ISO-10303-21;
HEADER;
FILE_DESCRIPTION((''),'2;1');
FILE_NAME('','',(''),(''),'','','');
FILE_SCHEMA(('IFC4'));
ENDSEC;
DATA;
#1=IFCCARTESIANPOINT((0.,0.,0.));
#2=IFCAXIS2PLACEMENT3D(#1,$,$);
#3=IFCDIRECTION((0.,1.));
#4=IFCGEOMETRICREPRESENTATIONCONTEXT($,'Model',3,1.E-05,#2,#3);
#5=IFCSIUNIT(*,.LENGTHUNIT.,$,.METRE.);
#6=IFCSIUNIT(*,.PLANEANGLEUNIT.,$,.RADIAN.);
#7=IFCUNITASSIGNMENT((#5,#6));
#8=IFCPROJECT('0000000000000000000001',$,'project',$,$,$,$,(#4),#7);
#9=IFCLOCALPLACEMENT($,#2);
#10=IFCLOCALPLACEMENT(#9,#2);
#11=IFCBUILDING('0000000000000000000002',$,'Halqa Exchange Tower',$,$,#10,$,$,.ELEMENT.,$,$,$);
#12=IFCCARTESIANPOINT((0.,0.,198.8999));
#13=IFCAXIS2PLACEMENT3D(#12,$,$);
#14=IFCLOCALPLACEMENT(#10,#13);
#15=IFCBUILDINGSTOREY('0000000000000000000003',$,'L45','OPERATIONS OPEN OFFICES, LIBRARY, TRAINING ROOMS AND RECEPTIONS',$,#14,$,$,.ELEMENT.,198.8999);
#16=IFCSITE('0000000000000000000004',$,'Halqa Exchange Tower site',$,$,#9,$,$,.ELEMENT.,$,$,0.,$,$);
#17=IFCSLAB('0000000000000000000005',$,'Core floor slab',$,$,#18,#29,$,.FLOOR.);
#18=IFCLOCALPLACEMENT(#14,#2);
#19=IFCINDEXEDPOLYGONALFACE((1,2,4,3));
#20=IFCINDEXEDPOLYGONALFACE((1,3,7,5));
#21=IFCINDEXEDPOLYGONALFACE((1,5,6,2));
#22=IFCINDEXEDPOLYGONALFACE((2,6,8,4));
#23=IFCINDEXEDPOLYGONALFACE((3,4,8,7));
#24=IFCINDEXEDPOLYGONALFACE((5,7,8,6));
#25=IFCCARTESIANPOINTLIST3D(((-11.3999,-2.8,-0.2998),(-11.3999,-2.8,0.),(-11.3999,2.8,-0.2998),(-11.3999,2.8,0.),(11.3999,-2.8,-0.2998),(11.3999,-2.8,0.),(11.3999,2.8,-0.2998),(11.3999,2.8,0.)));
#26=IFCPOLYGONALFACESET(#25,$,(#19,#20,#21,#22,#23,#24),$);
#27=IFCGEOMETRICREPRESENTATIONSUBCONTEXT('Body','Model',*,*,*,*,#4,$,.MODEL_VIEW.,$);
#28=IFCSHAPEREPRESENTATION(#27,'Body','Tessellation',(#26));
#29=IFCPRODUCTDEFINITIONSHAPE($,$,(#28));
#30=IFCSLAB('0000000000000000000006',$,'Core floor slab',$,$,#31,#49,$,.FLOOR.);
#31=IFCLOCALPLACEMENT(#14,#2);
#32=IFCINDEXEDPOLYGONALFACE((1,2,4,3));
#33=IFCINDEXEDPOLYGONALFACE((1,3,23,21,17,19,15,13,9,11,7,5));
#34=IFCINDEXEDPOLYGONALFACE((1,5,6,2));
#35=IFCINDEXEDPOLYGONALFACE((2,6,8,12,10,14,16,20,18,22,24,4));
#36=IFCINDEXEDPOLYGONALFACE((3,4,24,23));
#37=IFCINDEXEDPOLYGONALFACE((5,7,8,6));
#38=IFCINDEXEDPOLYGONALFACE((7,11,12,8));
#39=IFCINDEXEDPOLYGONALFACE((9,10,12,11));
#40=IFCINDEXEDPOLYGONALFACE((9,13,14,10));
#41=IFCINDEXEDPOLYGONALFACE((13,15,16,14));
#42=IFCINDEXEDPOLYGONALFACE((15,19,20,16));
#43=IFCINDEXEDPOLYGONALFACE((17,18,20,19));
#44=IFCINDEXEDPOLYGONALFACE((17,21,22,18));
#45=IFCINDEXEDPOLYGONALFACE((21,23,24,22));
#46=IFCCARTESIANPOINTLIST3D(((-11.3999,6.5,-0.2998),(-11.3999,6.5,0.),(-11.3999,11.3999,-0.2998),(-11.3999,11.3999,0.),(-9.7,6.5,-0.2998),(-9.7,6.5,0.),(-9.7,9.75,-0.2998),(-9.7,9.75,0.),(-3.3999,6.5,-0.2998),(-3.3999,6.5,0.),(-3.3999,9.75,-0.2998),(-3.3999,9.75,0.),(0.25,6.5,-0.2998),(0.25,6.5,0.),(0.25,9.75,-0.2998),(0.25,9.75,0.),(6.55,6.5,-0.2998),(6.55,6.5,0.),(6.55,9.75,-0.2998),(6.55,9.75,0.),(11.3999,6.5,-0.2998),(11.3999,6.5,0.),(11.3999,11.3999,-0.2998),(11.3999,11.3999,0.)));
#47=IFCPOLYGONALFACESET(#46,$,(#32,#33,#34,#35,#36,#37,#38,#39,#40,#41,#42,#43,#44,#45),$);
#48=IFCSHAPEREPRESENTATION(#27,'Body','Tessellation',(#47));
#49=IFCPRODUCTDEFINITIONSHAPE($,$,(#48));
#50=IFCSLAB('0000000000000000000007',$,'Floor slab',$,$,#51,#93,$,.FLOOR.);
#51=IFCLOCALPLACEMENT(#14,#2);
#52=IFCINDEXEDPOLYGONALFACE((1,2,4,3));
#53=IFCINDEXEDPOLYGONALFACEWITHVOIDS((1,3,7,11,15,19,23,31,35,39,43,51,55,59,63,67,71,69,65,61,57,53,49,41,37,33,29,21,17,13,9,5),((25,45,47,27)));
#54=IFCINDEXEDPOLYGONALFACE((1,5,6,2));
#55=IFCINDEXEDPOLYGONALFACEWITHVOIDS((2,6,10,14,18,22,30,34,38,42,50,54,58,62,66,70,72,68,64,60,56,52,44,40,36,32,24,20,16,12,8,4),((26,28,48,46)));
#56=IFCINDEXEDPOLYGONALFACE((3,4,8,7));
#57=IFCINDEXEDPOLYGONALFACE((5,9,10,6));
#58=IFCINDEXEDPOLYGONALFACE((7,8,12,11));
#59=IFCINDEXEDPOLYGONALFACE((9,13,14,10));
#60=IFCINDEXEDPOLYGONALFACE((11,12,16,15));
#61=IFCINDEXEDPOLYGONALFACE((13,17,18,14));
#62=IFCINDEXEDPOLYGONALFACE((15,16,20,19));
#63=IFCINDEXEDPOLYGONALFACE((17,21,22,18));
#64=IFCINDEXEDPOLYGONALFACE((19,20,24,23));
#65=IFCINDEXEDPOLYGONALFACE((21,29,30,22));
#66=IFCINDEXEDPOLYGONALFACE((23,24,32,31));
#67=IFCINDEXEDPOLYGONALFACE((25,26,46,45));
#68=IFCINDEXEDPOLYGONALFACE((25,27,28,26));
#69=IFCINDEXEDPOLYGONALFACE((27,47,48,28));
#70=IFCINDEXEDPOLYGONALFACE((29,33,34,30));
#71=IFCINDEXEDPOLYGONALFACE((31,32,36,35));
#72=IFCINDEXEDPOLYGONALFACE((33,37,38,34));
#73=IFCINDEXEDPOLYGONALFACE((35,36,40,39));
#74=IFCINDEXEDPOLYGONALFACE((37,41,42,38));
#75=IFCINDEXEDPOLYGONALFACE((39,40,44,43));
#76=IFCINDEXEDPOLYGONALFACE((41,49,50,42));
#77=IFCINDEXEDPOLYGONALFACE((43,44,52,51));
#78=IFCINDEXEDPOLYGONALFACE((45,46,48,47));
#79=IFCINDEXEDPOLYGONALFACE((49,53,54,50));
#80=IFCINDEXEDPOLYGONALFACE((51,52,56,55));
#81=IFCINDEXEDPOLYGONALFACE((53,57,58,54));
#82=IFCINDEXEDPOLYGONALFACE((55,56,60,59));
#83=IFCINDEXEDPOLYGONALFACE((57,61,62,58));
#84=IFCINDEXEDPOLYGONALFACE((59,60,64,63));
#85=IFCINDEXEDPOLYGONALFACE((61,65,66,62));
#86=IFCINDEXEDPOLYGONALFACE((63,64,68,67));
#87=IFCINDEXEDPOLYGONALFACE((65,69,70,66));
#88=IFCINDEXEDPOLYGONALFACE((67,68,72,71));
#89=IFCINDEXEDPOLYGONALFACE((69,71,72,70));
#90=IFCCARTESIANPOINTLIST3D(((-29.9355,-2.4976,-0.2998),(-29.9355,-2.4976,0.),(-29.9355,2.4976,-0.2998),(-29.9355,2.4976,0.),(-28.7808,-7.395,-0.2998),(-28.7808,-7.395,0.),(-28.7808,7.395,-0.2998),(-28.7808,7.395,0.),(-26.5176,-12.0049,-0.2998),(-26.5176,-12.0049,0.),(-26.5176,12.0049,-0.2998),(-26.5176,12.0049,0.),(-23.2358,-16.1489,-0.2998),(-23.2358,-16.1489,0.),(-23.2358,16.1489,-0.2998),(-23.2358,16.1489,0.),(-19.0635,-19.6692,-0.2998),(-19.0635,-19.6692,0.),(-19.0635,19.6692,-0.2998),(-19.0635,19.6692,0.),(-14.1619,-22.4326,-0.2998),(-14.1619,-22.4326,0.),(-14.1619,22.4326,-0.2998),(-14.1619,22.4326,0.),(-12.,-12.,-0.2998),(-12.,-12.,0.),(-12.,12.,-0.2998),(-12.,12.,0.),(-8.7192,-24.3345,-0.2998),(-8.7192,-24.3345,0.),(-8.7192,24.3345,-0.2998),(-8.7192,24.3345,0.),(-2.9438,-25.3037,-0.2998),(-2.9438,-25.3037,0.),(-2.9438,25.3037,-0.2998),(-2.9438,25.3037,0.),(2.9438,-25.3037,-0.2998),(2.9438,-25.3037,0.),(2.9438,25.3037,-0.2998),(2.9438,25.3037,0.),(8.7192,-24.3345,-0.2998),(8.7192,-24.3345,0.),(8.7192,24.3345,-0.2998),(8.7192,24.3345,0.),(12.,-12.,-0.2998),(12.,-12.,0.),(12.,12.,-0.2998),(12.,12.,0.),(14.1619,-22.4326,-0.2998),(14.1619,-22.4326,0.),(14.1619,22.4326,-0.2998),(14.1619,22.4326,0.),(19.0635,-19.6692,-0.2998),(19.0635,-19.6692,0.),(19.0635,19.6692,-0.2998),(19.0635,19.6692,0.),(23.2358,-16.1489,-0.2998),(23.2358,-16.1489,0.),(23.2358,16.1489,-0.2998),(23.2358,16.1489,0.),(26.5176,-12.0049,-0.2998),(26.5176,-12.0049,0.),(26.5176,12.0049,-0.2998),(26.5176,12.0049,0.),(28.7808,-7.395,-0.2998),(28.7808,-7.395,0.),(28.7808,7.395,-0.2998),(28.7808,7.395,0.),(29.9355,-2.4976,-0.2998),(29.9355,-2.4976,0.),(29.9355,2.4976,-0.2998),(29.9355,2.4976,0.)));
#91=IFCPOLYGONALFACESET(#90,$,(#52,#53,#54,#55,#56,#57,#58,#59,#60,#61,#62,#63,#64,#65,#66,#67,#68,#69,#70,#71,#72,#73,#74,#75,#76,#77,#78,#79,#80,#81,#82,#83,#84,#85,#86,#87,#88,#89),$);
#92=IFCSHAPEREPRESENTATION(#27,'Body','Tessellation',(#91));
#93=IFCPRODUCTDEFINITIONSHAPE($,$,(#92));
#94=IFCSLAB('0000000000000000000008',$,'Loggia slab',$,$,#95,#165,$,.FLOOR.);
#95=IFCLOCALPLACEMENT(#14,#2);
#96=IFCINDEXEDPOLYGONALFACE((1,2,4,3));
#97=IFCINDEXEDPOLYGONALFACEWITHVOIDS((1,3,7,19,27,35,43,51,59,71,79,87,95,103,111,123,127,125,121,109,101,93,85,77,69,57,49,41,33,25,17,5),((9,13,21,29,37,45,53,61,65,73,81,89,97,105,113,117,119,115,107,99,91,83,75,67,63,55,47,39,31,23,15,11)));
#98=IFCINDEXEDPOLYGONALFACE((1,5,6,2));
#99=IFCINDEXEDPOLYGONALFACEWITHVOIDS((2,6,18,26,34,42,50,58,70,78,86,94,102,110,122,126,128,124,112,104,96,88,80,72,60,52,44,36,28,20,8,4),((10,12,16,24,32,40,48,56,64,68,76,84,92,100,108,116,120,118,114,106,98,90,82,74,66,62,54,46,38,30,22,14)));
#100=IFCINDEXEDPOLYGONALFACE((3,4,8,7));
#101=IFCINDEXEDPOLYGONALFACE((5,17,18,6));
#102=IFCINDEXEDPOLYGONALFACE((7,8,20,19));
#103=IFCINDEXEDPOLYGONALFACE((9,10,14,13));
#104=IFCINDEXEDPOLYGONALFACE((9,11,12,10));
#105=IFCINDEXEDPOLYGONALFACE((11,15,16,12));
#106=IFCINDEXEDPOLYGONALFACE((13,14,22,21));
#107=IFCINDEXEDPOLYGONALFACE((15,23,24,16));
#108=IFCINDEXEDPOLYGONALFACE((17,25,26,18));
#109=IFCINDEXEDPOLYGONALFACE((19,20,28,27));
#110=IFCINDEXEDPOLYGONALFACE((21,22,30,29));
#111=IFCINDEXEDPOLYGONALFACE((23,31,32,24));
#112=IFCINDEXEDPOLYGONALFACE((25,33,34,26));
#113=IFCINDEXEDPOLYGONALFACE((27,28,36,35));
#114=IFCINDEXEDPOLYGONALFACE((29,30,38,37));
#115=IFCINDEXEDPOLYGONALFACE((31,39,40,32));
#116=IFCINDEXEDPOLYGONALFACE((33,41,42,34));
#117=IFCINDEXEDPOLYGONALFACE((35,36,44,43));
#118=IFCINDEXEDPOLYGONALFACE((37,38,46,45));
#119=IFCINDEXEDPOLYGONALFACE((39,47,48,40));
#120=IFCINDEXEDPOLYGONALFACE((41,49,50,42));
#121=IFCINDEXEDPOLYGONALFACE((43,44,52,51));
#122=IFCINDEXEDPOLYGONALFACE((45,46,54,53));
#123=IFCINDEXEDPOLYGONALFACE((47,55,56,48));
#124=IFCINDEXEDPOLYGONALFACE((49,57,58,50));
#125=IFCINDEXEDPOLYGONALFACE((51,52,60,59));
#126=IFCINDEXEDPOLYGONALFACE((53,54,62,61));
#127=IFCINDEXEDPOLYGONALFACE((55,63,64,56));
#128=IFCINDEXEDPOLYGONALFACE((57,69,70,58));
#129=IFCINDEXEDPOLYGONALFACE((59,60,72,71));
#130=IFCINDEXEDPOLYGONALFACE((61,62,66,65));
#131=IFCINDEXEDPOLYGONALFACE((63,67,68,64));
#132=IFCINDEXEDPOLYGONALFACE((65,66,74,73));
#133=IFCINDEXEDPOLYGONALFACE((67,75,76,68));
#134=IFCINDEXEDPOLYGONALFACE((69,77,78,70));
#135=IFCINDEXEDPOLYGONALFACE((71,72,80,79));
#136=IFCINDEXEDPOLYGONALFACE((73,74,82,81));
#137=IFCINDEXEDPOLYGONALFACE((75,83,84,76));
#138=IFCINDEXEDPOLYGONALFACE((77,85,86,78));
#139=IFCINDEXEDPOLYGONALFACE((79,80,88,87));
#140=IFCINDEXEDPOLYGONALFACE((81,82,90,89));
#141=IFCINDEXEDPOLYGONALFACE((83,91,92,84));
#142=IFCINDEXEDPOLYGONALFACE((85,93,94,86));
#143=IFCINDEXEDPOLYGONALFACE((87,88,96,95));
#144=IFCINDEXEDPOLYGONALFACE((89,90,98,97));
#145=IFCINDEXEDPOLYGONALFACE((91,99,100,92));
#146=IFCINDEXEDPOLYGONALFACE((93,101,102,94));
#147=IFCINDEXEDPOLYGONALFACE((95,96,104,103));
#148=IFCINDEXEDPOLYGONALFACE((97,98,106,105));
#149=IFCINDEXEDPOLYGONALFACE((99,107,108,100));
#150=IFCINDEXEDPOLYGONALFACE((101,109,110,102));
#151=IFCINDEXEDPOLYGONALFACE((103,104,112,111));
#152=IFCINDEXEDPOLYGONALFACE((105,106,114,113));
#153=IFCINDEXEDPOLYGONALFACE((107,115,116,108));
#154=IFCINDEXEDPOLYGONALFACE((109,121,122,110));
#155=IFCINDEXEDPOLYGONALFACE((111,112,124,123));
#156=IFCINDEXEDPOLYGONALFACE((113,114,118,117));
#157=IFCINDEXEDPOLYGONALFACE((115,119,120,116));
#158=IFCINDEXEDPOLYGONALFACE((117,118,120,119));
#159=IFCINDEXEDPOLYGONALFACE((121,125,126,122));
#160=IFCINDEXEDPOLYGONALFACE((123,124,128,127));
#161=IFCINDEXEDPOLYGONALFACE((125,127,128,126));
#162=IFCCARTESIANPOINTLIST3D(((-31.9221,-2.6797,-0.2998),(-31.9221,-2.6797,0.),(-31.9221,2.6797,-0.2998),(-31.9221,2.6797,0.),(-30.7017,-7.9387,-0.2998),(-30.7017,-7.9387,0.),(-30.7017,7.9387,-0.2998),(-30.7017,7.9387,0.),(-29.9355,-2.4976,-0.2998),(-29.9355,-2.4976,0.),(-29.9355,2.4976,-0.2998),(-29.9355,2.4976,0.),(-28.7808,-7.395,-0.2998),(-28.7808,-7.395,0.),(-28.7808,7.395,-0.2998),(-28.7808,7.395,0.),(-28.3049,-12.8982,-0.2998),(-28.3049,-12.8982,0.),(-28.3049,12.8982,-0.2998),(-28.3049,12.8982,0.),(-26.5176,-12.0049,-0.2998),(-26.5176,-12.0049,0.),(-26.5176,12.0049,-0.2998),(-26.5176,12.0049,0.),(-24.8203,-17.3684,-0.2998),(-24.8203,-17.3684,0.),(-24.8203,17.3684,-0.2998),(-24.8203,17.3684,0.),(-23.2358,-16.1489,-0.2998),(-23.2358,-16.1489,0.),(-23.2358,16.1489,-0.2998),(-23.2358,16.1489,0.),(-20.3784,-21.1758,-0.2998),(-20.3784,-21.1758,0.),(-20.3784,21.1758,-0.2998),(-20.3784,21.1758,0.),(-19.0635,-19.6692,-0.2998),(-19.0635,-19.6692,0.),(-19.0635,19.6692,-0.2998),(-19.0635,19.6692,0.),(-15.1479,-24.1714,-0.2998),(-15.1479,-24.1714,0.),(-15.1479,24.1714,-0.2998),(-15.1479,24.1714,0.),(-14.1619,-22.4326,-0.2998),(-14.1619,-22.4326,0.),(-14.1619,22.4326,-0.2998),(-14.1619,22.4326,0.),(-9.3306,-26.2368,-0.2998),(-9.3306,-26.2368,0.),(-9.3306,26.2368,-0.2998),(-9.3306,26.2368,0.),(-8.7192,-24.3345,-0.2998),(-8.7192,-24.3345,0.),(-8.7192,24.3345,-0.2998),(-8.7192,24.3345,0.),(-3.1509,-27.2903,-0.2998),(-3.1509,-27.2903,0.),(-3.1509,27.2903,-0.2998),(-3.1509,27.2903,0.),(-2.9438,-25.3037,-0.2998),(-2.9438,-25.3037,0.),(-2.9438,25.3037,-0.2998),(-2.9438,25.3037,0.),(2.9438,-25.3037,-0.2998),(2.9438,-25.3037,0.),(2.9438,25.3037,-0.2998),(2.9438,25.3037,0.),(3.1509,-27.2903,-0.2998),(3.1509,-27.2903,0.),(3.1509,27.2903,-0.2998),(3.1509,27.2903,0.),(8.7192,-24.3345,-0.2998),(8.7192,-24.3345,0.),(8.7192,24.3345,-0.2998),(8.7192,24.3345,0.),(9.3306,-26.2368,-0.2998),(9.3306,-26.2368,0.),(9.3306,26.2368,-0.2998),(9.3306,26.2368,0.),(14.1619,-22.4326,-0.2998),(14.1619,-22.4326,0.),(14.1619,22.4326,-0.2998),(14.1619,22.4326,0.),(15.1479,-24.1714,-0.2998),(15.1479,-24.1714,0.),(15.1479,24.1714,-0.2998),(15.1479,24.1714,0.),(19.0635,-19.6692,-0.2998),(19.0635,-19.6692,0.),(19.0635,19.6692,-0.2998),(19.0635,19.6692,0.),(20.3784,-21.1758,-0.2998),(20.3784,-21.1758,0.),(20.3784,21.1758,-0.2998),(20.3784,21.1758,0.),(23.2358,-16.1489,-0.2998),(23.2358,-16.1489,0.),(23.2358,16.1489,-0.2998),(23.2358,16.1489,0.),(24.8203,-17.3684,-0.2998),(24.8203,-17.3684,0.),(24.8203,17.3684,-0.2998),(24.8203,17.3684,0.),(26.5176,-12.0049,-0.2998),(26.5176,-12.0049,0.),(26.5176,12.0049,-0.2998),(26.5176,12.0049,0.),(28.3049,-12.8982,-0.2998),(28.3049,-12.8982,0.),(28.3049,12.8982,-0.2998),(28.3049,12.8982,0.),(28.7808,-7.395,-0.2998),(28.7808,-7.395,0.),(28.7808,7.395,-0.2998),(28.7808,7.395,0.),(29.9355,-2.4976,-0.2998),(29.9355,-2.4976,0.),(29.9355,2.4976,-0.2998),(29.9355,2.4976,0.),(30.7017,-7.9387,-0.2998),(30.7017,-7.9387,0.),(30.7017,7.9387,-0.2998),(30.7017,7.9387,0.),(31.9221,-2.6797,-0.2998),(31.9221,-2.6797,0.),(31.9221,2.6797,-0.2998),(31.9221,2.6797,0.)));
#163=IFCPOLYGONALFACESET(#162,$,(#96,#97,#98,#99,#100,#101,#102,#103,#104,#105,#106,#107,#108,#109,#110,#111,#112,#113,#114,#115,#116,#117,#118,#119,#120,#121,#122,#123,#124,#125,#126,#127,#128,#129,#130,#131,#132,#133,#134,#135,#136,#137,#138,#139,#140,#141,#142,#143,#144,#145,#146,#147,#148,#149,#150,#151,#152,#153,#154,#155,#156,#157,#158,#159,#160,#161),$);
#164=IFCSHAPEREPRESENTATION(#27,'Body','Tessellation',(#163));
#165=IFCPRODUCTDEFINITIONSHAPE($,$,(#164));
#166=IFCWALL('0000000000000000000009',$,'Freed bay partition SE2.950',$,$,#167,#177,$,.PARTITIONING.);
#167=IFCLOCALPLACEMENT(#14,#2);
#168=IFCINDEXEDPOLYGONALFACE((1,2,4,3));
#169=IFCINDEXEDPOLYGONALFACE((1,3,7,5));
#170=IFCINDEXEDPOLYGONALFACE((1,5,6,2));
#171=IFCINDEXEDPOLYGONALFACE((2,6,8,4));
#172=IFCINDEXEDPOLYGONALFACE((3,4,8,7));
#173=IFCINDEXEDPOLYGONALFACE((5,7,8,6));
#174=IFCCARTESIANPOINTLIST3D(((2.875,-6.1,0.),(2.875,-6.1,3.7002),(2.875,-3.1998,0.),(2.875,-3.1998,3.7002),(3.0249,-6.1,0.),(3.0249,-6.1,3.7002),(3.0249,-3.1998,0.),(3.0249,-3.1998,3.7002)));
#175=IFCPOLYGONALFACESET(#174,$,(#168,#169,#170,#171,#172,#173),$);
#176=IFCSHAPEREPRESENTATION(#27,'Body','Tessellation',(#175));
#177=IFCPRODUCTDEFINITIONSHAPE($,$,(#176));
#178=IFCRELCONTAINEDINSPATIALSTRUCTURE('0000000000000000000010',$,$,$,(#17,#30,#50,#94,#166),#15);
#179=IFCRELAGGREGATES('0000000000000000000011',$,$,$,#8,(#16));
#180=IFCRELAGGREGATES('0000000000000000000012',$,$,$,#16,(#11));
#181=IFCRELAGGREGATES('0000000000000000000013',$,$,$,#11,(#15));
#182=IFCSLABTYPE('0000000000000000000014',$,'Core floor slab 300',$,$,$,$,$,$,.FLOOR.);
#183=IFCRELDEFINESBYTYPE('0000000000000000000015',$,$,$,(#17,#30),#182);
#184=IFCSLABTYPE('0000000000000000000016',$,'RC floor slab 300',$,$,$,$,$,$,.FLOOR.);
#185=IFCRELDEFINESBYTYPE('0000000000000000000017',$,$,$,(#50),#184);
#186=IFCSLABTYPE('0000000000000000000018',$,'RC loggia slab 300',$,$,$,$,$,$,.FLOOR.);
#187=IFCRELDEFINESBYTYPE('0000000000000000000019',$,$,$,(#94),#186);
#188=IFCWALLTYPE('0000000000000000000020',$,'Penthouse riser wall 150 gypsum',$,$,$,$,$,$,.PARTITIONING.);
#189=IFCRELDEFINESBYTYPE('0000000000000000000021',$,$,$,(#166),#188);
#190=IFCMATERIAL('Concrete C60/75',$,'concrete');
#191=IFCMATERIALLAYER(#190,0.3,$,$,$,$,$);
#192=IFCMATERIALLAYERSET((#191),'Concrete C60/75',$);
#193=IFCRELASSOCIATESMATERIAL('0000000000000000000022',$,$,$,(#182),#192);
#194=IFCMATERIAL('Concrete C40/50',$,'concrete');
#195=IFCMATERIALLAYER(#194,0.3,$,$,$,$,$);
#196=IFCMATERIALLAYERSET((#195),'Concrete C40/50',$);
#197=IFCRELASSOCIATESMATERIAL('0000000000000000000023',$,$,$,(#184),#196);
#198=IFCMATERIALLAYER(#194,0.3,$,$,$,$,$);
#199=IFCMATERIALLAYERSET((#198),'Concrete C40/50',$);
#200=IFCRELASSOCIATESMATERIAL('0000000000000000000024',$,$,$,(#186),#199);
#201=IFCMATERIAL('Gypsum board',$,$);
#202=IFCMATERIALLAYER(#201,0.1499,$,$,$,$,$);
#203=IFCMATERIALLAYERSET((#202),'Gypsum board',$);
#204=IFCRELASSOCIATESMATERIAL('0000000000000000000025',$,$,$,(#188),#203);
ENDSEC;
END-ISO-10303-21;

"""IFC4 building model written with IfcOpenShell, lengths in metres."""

from ifc_helpers import new_model, si_unit, direction, frame, frame_2d, origin, place, context, subcontext, project, spatial, polyline, rectangle, outline, extrude, material, layer, layer_set, type_object, element, save


model = new_model("IFC4")

# Units and contexts
model_context = context("Model", 3, precision=1e-05, world=origin(), true_north=direction((0.0, 1.0)))
body_context = subcontext(model_context, "Body", "Model", "MODEL_VIEW")
ifc_project = project(units=[si_unit("LENGTHUNIT", "METRE"), si_unit("PLANEANGLEUNIT", "RADIAN")], contexts=[model_context])

# Site, building, storey
site_placement = place(None, origin())
site = spatial("IfcSite", under=ifc_project, at=site_placement, Name="Halqa Exchange Tower site", CompositionType="ELEMENT", RefElevation=0.0)
building_placement = place(site_placement, origin())
building = spatial("IfcBuilding", under=site, at=building_placement, Name="Halqa Exchange Tower", CompositionType="ELEMENT")
storey_placement = place(building_placement, frame((0.0, 0.0, 198.8999)))
storey = spatial("IfcBuildingStorey", under=building, at=storey_placement, Name="L45", Description="OPERATIONS OPEN OFFICES, LIBRARY, TRAINING ROOMS AND RECEPTIONS", CompositionType="ELEMENT", Elevation=198.8999)

# Slabs
ifc_material_1 = material(Name="Concrete C60/75", Category="concrete")
ifc_layer_1 = layer(ifc_material_1, 0.3)
ifc_layer_set_1 = layer_set([ifc_layer_1], Name="Concrete C60/75")
slab_type_1 = type_object("IfcSlabType", Name="Core floor slab 300", PredefinedType="FLOOR", material=ifc_layer_set_1)
slab_1_placement = place(storey_placement, frame((0.0, 0.0, -0.2998)))
element("IfcSlab", 1, at=slab_1_placement, inside=storey, type_object=slab_type_1, Name="Core floor slab", PredefinedType="FLOOR", context=body_context, shape_type="SweptSolid", body=[
    extrude(outline(polyline([(-11.3999, 2.8), (11.3999, 2.8), (11.3999, -2.8), (-11.3999, -2.8), (-11.3999, 2.8)])), origin(), (0.0, 0.0, 1.0), 0.2998),
])
slab_2_placement = place(storey_placement, frame((0.0, 0.0, -0.2998)))
element("IfcSlab", 2, at=slab_2_placement, inside=storey, type_object=slab_type_1, Name="Core floor slab", PredefinedType="FLOOR", context=body_context, shape_type="SweptSolid", body=[
    extrude(outline(polyline([(-11.3999, 11.3999), (11.3999, 11.3999), (11.3999, 6.5), (6.55, 6.5), (6.55, 9.75), (0.25, 9.75), (0.25, 6.5), (-3.3999, 6.5), (-3.3999, 9.75), (-9.7, 9.75), (-9.7, 6.5), (-11.3999, 6.5), (-11.3999, 11.3999)])), origin(), (0.0, 0.0, 1.0), 0.2998),
])
ifc_material_2 = material(Name="Concrete C40/50", Category="concrete")
ifc_layer_2 = layer(ifc_material_2, 0.3)
ifc_layer_set_2 = layer_set([ifc_layer_2], Name="Concrete C40/50")
slab_type_2 = type_object("IfcSlabType", Name="RC floor slab 300", PredefinedType="FLOOR", material=ifc_layer_set_2)
slab_3_placement = place(storey_placement, frame((0.0, 0.0, -0.2998)))
element("IfcSlab", 3, at=slab_3_placement, inside=storey, type_object=slab_type_2, Name="Floor slab", PredefinedType="FLOOR", context=body_context, shape_type="SweptSolid", body=[
    extrude(outline(polyline([(29.9355, 2.4976), (28.7808, 7.395), (26.5176, 12.0049), (23.2358, 16.1489), (19.0635, 19.6692), (14.1619, 22.4326), (8.7192, 24.3345), (2.9438, 25.3037), (-2.9438, 25.3037), (-8.7192, 24.3345), (-14.1619, 22.4326), (-19.0635, 19.6692), (-23.2358, 16.1489), (-26.5176, 12.0049), (-28.7808, 7.395), (-29.9355, 2.4976), (-29.9355, -2.4976), (-28.7808, -7.395), (-26.5176, -12.0049), (-23.2358, -16.1489), (-19.0635, -19.6692), (-14.1619, -22.4326), (-8.7192, -24.3345), (-2.9438, -25.3037), (2.9438, -25.3037), (8.7192, -24.3345), (14.1619, -22.4326), (19.0635, -19.6692), (23.2358, -16.1489), (26.5176, -12.0049), (28.7808, -7.395), (29.9355, -2.4976), (29.9355, 2.4976)]), holes=[polyline([(-12.0, -12.0), (12.0, -12.0), (12.0, 12.0), (-12.0, 12.0), (-12.0, -12.0)])]), origin(), (0.0, 0.0, 1.0), 0.2998),
])
ifc_layer_3 = layer(ifc_material_2, 0.3)
ifc_layer_set_3 = layer_set([ifc_layer_3], Name="Concrete C40/50")
slab_type_3 = type_object("IfcSlabType", Name="RC loggia slab 300", PredefinedType="FLOOR", material=ifc_layer_set_3)
slab_4_placement = place(storey_placement, frame((0.0, 0.0, -0.2998)))
element("IfcSlab", 4, at=slab_4_placement, inside=storey, type_object=slab_type_3, Name="Loggia slab", PredefinedType="FLOOR", context=body_context, shape_type="SweptSolid", body=[
    extrude(outline(polyline([(31.9221, 2.6797), (31.9221, -2.6797), (30.7017, -7.9387), (28.3049, -12.8982), (24.8203, -17.3684), (20.3784, -21.1758), (15.1479, -24.1714), (9.3306, -26.2368), (3.1509, -27.2903), (-3.1509, -27.2903), (-9.3306, -26.2368), (-15.1479, -24.1714), (-20.3784, -21.1758), (-24.8203, -17.3684), (-28.3049, -12.8982), (-30.7017, -7.9387), (-31.9221, -2.6797), (-31.9221, 2.6797), (-30.7017, 7.9387), (-28.3049, 12.8982), (-24.8203, 17.3684), (-20.3784, 21.1758), (-15.1479, 24.1714), (-9.3306, 26.2368), (-3.1509, 27.2903), (3.1509, 27.2903), (9.3306, 26.2368), (15.1479, 24.1714), (20.3784, 21.1758), (24.8203, 17.3684), (28.3049, 12.8982), (30.7017, 7.9387), (31.9221, 2.6797)]), holes=[polyline([(29.9355, 2.4976), (28.7808, 7.395), (26.5176, 12.0049), (23.2358, 16.1489), (19.0635, 19.6692), (14.1619, 22.4326), (8.7192, 24.3345), (2.9438, 25.3037), (-2.9438, 25.3037), (-8.7192, 24.3345), (-14.1619, 22.4326), (-19.0635, 19.6692), (-23.2358, 16.1489), (-26.5176, 12.0049), (-28.7808, 7.395), (-29.9355, 2.4976), (-29.9355, -2.4976), (-28.7808, -7.395), (-26.5176, -12.0049), (-23.2358, -16.1489), (-19.0635, -19.6692), (-14.1619, -22.4326), (-8.7192, -24.3345), (-2.9438, -25.3037), (2.9438, -25.3037), (8.7192, -24.3345), (14.1619, -22.4326), (19.0635, -19.6692), (23.2358, -16.1489), (26.5176, -12.0049), (28.7808, -7.395), (29.9355, -2.4976), (29.9355, 2.4976)])]), origin(), (0.0, 0.0, 1.0), 0.2998),
])

# Wall
ifc_material_3 = material(Name="Gypsum board")
ifc_layer_4 = layer(ifc_material_3, 0.1499)
ifc_layer_set_4 = layer_set([ifc_layer_4], Name="Gypsum board")
wall_type_1 = type_object("IfcWallType", Name="Penthouse riser wall 150 gypsum", PredefinedType="PARTITIONING", material=ifc_layer_set_4)
wall_1_placement = place(storey_placement, frame((2.95, -6.1001, 0.0), z_axis=(0.0, 0.0, 1.0), x_axis=(0.0, 1.0, 0.0)))
element("IfcWall", 5, at=wall_1_placement, inside=storey, type_object=wall_type_1, Name="Freed bay partition SE2.950", PredefinedType="PARTITIONING", context=body_context, shape_type="SweptSolid", body=[
    extrude(rectangle(XDim=2.9001, YDim=0.1499, at=frame_2d((1.4502, 0.0))), origin(), (0.0, 0.0, 1.0), 3.7002),
])

save(model, "model.ifc")
